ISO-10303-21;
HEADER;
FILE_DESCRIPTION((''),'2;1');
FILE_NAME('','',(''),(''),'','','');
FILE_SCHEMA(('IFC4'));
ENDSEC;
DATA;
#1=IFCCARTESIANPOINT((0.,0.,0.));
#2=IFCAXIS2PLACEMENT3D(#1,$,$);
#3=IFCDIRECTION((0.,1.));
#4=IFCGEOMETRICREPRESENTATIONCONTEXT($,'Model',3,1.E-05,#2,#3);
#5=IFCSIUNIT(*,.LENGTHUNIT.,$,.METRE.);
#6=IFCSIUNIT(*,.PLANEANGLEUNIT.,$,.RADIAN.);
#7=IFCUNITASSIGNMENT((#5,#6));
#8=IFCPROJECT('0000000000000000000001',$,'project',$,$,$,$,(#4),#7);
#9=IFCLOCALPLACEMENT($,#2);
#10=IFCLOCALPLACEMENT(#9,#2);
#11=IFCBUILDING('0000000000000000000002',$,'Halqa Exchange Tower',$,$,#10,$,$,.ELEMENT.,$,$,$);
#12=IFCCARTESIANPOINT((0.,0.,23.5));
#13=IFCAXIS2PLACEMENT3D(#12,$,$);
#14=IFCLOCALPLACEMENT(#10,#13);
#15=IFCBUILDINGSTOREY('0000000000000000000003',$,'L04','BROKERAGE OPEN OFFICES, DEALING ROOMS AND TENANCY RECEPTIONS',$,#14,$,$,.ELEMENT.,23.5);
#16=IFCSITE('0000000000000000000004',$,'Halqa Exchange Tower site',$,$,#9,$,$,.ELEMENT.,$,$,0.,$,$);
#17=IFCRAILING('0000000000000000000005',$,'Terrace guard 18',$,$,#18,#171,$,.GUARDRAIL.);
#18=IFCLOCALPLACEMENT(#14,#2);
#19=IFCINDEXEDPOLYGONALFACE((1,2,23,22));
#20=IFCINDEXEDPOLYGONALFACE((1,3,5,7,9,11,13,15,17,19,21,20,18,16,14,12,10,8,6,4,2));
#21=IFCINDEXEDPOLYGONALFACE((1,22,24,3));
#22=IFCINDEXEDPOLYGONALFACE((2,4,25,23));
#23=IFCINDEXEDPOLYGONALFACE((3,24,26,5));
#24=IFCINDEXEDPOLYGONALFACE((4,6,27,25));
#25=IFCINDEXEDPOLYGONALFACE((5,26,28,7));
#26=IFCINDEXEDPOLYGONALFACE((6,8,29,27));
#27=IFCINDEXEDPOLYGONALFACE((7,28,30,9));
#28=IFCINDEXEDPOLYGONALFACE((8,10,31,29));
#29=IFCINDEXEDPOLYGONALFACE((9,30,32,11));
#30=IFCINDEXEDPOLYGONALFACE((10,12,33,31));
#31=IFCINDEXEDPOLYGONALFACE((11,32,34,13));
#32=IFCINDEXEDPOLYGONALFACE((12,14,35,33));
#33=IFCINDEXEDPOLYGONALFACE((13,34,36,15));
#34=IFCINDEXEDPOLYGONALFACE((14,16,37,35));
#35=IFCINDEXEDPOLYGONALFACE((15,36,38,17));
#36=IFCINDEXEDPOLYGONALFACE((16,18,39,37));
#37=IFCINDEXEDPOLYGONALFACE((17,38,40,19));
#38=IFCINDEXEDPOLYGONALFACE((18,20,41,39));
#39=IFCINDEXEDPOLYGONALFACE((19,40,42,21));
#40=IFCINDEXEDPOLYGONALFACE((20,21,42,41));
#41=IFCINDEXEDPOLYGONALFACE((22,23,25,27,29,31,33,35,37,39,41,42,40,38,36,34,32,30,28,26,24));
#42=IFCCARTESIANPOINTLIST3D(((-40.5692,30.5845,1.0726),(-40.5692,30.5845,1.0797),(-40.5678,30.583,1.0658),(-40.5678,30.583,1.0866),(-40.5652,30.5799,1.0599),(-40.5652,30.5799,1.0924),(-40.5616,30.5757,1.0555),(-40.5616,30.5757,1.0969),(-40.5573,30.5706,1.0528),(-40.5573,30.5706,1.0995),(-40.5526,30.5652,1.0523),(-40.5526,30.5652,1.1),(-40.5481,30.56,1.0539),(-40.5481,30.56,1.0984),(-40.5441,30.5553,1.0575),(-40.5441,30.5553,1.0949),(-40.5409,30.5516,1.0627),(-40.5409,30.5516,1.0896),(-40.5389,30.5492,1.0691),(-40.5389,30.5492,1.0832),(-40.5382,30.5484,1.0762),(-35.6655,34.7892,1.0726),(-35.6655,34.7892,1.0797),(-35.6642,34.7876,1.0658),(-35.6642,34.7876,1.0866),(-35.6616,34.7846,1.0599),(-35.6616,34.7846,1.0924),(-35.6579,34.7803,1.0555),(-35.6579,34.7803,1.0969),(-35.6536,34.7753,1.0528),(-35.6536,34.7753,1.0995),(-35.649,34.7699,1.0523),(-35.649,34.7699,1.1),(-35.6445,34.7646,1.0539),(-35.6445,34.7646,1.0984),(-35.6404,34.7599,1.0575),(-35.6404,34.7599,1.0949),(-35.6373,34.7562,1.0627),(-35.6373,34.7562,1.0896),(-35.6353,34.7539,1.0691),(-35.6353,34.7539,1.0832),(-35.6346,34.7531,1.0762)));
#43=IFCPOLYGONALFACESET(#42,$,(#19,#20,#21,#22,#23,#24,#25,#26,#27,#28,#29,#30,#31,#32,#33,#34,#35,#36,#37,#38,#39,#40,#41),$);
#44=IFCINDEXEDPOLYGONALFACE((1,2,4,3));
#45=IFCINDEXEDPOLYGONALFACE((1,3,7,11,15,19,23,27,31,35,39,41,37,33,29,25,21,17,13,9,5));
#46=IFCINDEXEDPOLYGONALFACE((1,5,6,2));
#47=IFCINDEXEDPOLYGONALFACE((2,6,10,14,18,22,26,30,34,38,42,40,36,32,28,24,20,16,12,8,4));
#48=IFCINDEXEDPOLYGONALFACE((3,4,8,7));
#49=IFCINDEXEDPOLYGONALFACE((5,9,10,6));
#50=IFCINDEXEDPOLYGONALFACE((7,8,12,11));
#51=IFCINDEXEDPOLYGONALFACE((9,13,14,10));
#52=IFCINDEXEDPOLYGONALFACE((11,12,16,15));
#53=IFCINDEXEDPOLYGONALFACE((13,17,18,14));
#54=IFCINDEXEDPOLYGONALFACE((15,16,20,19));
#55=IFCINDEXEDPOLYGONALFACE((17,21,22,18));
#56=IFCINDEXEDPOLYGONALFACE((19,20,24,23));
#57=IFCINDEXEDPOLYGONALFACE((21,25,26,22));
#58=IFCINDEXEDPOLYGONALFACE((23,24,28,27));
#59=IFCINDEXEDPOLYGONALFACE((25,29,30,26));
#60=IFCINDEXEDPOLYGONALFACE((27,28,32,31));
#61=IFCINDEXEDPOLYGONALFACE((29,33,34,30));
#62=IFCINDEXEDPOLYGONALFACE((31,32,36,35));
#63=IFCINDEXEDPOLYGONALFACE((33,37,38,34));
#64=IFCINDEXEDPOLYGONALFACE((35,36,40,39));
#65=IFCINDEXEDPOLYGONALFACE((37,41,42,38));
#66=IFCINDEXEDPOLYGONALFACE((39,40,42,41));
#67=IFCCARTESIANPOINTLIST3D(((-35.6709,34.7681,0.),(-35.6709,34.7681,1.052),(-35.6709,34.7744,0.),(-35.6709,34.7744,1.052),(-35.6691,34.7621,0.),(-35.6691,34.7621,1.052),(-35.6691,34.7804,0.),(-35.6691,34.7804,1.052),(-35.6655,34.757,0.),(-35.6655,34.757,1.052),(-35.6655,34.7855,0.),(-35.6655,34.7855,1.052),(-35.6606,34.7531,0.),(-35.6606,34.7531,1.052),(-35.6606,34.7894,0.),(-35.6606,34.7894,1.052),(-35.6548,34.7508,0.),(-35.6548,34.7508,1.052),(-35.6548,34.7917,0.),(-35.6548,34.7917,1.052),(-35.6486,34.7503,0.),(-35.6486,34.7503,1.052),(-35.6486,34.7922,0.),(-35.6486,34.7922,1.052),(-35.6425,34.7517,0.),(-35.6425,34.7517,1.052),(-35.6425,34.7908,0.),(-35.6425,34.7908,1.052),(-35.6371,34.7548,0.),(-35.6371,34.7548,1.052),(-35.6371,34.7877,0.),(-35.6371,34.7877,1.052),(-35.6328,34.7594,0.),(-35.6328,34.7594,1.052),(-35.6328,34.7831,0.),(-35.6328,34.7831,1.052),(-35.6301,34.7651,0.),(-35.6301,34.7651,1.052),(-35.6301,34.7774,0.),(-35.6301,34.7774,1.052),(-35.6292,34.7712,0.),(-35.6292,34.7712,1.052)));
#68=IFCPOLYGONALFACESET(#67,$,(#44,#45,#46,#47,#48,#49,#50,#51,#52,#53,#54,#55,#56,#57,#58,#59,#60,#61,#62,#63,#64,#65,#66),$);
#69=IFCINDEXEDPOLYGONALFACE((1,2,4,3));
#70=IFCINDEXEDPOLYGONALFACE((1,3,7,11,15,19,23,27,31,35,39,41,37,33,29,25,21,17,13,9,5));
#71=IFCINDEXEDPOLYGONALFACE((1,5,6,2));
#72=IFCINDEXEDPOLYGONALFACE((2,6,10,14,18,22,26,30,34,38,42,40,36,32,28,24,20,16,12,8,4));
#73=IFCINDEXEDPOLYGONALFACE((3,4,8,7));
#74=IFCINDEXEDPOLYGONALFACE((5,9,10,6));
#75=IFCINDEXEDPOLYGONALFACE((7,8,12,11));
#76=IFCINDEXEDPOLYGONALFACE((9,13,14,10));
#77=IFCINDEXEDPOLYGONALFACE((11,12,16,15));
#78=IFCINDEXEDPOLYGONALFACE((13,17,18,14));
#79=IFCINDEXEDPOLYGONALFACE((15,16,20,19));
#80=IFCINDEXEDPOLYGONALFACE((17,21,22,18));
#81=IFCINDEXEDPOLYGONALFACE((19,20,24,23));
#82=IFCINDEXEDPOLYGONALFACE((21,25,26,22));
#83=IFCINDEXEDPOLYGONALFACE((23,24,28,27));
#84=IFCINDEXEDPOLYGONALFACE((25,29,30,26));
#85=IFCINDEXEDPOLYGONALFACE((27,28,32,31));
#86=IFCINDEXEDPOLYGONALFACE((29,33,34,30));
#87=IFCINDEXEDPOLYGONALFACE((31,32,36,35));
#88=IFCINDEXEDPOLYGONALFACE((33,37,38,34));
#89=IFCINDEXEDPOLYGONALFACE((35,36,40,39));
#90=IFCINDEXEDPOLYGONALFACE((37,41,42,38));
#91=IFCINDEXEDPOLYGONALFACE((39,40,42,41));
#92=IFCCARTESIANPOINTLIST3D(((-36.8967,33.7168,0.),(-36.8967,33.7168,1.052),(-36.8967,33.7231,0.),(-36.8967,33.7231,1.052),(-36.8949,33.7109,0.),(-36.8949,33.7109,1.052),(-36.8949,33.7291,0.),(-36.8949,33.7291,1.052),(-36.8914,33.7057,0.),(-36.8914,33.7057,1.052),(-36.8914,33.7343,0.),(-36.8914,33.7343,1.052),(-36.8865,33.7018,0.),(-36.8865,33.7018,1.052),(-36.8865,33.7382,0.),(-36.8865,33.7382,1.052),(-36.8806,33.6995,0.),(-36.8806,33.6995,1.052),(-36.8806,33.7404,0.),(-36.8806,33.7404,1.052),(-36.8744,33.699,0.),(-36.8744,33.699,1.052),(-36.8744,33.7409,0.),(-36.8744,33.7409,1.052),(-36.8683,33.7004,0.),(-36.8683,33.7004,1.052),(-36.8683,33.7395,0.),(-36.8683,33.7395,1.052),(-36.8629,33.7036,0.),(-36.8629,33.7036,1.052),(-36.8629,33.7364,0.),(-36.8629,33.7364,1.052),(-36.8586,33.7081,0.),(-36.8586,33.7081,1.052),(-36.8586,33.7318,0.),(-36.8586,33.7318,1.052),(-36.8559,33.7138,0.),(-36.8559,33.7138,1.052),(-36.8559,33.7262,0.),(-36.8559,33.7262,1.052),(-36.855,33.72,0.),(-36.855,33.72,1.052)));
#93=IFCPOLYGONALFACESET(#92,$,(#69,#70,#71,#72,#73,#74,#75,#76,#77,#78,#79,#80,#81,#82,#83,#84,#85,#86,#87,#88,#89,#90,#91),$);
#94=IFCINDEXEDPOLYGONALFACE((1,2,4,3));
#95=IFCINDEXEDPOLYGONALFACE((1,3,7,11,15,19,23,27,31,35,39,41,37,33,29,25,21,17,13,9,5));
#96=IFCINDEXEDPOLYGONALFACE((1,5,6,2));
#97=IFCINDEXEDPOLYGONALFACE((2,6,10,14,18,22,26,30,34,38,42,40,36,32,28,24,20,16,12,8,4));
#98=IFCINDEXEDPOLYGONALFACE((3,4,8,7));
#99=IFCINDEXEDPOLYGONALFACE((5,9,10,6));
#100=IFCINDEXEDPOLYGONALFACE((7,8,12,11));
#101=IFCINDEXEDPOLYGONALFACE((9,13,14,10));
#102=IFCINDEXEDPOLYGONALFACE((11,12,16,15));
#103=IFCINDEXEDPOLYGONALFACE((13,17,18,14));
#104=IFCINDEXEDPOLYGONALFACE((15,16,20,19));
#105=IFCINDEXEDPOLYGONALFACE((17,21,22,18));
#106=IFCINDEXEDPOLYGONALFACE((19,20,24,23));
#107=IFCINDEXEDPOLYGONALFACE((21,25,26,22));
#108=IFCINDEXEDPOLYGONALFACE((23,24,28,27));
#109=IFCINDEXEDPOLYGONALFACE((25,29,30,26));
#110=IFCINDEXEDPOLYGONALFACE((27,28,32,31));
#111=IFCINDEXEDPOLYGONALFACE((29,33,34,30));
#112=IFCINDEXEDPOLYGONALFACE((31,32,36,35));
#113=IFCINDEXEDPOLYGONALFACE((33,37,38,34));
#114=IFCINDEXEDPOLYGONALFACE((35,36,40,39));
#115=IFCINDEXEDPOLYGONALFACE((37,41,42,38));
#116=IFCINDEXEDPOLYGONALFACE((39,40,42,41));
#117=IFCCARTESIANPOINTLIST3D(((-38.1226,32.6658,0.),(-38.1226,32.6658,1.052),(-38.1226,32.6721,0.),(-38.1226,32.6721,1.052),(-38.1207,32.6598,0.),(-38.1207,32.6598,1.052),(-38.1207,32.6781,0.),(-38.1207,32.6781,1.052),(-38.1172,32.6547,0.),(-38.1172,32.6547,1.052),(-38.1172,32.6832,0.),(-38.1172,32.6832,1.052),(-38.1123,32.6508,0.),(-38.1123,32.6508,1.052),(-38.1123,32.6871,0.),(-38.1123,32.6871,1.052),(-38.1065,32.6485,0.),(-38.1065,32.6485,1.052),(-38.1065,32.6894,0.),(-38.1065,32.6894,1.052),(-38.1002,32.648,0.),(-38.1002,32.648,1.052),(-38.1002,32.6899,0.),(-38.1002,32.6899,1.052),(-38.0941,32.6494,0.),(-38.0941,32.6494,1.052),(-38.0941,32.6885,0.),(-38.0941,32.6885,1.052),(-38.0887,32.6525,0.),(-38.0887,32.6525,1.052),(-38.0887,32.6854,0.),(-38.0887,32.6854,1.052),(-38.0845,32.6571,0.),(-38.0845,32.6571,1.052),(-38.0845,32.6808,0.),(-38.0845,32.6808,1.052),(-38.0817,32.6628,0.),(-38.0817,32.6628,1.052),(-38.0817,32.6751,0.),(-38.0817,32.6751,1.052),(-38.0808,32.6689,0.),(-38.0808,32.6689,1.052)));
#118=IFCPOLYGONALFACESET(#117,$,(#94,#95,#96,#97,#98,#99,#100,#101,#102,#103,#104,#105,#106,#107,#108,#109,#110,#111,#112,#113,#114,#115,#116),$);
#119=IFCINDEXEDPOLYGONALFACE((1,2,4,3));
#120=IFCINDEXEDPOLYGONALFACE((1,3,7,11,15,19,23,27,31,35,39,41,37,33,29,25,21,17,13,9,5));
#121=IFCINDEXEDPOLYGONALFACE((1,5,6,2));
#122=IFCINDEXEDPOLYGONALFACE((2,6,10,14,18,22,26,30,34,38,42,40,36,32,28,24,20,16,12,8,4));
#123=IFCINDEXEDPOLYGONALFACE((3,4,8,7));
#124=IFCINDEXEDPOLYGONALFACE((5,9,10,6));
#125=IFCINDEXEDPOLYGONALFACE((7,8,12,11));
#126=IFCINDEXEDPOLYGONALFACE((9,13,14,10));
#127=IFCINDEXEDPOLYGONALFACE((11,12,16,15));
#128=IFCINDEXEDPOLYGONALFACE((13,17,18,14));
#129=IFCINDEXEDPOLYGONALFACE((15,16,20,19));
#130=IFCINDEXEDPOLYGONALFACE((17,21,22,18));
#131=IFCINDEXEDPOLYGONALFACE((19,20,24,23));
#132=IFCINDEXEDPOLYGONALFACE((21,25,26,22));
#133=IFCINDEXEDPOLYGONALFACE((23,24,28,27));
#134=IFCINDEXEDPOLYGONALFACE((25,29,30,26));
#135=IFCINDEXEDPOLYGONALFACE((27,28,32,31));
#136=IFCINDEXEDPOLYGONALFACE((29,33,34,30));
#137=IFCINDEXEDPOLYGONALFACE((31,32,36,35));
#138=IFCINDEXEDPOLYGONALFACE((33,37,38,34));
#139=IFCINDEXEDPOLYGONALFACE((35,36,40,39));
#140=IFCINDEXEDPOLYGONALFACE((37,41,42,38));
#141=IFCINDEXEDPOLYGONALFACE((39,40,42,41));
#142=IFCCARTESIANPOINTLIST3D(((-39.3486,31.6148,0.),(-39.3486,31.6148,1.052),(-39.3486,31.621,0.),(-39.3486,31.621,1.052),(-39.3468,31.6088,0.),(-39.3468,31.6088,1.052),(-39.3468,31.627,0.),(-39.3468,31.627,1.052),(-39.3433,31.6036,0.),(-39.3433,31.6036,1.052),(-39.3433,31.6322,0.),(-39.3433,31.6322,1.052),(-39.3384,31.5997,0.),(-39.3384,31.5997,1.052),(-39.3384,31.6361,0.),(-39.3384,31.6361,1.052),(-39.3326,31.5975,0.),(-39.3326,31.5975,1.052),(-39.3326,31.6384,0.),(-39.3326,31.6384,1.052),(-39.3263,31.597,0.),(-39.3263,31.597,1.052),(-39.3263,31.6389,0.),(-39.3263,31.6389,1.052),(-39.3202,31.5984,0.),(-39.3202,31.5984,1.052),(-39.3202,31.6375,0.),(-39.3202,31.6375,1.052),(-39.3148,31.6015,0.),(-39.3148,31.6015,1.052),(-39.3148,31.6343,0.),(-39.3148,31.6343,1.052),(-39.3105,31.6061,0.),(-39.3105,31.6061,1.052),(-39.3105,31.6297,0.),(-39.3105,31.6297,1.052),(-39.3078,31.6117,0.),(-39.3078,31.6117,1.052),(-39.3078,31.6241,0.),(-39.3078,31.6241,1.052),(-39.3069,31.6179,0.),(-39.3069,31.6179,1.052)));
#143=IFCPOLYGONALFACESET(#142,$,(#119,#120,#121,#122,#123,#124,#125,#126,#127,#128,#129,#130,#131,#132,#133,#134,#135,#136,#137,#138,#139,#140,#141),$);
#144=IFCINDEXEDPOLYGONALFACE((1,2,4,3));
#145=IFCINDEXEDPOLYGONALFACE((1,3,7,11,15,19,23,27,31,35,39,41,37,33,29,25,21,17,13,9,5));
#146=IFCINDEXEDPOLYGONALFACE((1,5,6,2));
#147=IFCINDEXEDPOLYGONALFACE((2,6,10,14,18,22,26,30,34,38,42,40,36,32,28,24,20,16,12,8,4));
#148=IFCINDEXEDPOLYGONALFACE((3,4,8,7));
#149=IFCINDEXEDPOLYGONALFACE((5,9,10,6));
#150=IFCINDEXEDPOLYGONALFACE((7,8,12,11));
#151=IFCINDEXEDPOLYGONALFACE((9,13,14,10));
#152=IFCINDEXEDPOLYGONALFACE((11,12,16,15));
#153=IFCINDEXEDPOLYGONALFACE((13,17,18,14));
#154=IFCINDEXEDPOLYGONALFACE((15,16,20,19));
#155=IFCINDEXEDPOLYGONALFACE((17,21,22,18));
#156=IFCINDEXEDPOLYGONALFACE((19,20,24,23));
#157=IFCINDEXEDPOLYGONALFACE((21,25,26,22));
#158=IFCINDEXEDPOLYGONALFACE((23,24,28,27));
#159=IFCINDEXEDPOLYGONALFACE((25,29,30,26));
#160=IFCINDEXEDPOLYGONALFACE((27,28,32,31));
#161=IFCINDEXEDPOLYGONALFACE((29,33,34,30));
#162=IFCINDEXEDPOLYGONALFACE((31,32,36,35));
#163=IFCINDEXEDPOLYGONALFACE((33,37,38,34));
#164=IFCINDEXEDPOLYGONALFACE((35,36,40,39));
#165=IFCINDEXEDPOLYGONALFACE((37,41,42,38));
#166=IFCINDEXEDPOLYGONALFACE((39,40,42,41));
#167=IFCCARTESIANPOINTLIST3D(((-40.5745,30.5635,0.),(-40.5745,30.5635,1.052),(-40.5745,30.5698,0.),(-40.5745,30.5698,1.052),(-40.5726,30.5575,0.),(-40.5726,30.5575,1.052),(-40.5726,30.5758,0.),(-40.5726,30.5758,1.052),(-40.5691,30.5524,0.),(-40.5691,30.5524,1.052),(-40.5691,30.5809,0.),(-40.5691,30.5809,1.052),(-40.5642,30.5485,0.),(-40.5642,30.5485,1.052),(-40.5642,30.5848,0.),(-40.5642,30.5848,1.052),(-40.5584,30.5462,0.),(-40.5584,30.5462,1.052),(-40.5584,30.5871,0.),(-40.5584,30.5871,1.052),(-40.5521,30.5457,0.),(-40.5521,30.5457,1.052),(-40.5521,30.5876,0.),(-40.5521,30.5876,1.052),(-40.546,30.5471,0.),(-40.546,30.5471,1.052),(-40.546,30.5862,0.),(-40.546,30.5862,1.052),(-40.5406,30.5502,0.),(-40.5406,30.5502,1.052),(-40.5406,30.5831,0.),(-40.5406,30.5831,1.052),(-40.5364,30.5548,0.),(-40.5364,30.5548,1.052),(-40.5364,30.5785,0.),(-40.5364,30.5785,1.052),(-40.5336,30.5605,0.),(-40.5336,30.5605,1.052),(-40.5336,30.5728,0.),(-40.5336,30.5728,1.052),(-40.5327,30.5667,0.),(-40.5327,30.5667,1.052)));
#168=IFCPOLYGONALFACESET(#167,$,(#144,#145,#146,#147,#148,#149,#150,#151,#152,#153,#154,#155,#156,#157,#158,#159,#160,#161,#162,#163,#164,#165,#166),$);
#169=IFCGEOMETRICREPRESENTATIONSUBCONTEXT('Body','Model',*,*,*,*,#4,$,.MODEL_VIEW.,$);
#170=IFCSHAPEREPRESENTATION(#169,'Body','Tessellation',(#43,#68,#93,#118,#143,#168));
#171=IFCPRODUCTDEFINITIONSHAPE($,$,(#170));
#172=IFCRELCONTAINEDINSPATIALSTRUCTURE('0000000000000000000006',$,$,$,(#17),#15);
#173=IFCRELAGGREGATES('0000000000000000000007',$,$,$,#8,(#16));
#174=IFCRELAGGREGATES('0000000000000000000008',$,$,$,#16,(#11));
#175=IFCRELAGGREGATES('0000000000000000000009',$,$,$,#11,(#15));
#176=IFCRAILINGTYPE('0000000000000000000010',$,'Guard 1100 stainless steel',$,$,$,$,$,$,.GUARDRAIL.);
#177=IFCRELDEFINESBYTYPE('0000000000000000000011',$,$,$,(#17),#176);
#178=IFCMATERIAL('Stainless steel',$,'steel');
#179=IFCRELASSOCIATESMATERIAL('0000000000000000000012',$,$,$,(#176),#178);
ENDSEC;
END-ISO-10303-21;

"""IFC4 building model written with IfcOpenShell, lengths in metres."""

from ifc_helpers import new_model, si_unit, direction, frame, origin, origin_2d, place, context, subcontext, project, spatial, circle, extrude, material, type_object, element, save


model = new_model("IFC4")

# Units and contexts
model_context = context("Model", 3, precision=1e-05, world=origin(), true_north=direction((0.0, 1.0)))
body_context = subcontext(model_context, "Body", "Model", "MODEL_VIEW")
ifc_project = project(units=[si_unit("LENGTHUNIT", "METRE"), si_unit("PLANEANGLEUNIT", "RADIAN")], contexts=[model_context])

# Site, building, storey
site_placement = place(None, origin())
site = spatial("IfcSite", under=ifc_project, at=site_placement, Name="Halqa Exchange Tower site", CompositionType="ELEMENT", RefElevation=0.0)
building_placement = place(site_placement, origin())
building = spatial("IfcBuilding", under=site, at=building_placement, Name="Halqa Exchange Tower", CompositionType="ELEMENT")
storey_placement = place(building_placement, frame((0.0, 0.0, 23.5)))
storey = spatial("IfcBuildingStorey", under=building, at=storey_placement, Name="L04", Description="BROKERAGE OPEN OFFICES, DEALING ROOMS AND TENANCY RECEPTIONS", CompositionType="ELEMENT", Elevation=23.5)

# Railing
ifc_material_1 = material(Name="Stainless steel", Category="steel")
railing_type = type_object("IfcRailingType", Name="Guard 1100 stainless steel", PredefinedType="GUARDRAIL", material=ifc_material_1)
railing_1_placement = place(storey_placement, frame((-35.6501, 34.7712, 0.0)))
element("IfcRailing", 1, at=railing_1_placement, inside=storey, type_object=railing_type, Name="Terrace guard 18", PredefinedType="GUARDRAIL", context=body_context, shape_type="SweptSolid", body=[
    extrude(circle(Radius=0.0239, at=origin_2d()), frame((0.0, 0.0, 1.0762), z_axis=(-0.759139, -0.650928, 0.0), x_axis=(0.650928, -0.759139, 0.0)), (0.0, 0.0, 1.0), 6.4595),
    extrude(circle(Radius=0.021, at=origin_2d()), origin(), (0.0, 0.0, 1.0), 1.052),
    extrude(circle(Radius=0.021, at=origin_2d()), frame((-1.2258, -1.0513, 0.0)), (0.0, 0.0, 1.0), 1.052),
    extrude(circle(Radius=0.021, at=origin_2d()), frame((-2.4517, -2.1023, 0.0)), (0.0, 0.0, 1.0), 1.052),
    extrude(circle(Radius=0.021, at=origin_2d()), frame((-3.6777, -3.1533, 0.0)), (0.0, 0.0, 1.0), 1.052),
    extrude(circle(Radius=0.021, at=origin_2d()), frame((-4.9036, -4.2046, 0.0)), (0.0, 0.0, 1.0), 1.052),
])

save(model, "model.ifc")
